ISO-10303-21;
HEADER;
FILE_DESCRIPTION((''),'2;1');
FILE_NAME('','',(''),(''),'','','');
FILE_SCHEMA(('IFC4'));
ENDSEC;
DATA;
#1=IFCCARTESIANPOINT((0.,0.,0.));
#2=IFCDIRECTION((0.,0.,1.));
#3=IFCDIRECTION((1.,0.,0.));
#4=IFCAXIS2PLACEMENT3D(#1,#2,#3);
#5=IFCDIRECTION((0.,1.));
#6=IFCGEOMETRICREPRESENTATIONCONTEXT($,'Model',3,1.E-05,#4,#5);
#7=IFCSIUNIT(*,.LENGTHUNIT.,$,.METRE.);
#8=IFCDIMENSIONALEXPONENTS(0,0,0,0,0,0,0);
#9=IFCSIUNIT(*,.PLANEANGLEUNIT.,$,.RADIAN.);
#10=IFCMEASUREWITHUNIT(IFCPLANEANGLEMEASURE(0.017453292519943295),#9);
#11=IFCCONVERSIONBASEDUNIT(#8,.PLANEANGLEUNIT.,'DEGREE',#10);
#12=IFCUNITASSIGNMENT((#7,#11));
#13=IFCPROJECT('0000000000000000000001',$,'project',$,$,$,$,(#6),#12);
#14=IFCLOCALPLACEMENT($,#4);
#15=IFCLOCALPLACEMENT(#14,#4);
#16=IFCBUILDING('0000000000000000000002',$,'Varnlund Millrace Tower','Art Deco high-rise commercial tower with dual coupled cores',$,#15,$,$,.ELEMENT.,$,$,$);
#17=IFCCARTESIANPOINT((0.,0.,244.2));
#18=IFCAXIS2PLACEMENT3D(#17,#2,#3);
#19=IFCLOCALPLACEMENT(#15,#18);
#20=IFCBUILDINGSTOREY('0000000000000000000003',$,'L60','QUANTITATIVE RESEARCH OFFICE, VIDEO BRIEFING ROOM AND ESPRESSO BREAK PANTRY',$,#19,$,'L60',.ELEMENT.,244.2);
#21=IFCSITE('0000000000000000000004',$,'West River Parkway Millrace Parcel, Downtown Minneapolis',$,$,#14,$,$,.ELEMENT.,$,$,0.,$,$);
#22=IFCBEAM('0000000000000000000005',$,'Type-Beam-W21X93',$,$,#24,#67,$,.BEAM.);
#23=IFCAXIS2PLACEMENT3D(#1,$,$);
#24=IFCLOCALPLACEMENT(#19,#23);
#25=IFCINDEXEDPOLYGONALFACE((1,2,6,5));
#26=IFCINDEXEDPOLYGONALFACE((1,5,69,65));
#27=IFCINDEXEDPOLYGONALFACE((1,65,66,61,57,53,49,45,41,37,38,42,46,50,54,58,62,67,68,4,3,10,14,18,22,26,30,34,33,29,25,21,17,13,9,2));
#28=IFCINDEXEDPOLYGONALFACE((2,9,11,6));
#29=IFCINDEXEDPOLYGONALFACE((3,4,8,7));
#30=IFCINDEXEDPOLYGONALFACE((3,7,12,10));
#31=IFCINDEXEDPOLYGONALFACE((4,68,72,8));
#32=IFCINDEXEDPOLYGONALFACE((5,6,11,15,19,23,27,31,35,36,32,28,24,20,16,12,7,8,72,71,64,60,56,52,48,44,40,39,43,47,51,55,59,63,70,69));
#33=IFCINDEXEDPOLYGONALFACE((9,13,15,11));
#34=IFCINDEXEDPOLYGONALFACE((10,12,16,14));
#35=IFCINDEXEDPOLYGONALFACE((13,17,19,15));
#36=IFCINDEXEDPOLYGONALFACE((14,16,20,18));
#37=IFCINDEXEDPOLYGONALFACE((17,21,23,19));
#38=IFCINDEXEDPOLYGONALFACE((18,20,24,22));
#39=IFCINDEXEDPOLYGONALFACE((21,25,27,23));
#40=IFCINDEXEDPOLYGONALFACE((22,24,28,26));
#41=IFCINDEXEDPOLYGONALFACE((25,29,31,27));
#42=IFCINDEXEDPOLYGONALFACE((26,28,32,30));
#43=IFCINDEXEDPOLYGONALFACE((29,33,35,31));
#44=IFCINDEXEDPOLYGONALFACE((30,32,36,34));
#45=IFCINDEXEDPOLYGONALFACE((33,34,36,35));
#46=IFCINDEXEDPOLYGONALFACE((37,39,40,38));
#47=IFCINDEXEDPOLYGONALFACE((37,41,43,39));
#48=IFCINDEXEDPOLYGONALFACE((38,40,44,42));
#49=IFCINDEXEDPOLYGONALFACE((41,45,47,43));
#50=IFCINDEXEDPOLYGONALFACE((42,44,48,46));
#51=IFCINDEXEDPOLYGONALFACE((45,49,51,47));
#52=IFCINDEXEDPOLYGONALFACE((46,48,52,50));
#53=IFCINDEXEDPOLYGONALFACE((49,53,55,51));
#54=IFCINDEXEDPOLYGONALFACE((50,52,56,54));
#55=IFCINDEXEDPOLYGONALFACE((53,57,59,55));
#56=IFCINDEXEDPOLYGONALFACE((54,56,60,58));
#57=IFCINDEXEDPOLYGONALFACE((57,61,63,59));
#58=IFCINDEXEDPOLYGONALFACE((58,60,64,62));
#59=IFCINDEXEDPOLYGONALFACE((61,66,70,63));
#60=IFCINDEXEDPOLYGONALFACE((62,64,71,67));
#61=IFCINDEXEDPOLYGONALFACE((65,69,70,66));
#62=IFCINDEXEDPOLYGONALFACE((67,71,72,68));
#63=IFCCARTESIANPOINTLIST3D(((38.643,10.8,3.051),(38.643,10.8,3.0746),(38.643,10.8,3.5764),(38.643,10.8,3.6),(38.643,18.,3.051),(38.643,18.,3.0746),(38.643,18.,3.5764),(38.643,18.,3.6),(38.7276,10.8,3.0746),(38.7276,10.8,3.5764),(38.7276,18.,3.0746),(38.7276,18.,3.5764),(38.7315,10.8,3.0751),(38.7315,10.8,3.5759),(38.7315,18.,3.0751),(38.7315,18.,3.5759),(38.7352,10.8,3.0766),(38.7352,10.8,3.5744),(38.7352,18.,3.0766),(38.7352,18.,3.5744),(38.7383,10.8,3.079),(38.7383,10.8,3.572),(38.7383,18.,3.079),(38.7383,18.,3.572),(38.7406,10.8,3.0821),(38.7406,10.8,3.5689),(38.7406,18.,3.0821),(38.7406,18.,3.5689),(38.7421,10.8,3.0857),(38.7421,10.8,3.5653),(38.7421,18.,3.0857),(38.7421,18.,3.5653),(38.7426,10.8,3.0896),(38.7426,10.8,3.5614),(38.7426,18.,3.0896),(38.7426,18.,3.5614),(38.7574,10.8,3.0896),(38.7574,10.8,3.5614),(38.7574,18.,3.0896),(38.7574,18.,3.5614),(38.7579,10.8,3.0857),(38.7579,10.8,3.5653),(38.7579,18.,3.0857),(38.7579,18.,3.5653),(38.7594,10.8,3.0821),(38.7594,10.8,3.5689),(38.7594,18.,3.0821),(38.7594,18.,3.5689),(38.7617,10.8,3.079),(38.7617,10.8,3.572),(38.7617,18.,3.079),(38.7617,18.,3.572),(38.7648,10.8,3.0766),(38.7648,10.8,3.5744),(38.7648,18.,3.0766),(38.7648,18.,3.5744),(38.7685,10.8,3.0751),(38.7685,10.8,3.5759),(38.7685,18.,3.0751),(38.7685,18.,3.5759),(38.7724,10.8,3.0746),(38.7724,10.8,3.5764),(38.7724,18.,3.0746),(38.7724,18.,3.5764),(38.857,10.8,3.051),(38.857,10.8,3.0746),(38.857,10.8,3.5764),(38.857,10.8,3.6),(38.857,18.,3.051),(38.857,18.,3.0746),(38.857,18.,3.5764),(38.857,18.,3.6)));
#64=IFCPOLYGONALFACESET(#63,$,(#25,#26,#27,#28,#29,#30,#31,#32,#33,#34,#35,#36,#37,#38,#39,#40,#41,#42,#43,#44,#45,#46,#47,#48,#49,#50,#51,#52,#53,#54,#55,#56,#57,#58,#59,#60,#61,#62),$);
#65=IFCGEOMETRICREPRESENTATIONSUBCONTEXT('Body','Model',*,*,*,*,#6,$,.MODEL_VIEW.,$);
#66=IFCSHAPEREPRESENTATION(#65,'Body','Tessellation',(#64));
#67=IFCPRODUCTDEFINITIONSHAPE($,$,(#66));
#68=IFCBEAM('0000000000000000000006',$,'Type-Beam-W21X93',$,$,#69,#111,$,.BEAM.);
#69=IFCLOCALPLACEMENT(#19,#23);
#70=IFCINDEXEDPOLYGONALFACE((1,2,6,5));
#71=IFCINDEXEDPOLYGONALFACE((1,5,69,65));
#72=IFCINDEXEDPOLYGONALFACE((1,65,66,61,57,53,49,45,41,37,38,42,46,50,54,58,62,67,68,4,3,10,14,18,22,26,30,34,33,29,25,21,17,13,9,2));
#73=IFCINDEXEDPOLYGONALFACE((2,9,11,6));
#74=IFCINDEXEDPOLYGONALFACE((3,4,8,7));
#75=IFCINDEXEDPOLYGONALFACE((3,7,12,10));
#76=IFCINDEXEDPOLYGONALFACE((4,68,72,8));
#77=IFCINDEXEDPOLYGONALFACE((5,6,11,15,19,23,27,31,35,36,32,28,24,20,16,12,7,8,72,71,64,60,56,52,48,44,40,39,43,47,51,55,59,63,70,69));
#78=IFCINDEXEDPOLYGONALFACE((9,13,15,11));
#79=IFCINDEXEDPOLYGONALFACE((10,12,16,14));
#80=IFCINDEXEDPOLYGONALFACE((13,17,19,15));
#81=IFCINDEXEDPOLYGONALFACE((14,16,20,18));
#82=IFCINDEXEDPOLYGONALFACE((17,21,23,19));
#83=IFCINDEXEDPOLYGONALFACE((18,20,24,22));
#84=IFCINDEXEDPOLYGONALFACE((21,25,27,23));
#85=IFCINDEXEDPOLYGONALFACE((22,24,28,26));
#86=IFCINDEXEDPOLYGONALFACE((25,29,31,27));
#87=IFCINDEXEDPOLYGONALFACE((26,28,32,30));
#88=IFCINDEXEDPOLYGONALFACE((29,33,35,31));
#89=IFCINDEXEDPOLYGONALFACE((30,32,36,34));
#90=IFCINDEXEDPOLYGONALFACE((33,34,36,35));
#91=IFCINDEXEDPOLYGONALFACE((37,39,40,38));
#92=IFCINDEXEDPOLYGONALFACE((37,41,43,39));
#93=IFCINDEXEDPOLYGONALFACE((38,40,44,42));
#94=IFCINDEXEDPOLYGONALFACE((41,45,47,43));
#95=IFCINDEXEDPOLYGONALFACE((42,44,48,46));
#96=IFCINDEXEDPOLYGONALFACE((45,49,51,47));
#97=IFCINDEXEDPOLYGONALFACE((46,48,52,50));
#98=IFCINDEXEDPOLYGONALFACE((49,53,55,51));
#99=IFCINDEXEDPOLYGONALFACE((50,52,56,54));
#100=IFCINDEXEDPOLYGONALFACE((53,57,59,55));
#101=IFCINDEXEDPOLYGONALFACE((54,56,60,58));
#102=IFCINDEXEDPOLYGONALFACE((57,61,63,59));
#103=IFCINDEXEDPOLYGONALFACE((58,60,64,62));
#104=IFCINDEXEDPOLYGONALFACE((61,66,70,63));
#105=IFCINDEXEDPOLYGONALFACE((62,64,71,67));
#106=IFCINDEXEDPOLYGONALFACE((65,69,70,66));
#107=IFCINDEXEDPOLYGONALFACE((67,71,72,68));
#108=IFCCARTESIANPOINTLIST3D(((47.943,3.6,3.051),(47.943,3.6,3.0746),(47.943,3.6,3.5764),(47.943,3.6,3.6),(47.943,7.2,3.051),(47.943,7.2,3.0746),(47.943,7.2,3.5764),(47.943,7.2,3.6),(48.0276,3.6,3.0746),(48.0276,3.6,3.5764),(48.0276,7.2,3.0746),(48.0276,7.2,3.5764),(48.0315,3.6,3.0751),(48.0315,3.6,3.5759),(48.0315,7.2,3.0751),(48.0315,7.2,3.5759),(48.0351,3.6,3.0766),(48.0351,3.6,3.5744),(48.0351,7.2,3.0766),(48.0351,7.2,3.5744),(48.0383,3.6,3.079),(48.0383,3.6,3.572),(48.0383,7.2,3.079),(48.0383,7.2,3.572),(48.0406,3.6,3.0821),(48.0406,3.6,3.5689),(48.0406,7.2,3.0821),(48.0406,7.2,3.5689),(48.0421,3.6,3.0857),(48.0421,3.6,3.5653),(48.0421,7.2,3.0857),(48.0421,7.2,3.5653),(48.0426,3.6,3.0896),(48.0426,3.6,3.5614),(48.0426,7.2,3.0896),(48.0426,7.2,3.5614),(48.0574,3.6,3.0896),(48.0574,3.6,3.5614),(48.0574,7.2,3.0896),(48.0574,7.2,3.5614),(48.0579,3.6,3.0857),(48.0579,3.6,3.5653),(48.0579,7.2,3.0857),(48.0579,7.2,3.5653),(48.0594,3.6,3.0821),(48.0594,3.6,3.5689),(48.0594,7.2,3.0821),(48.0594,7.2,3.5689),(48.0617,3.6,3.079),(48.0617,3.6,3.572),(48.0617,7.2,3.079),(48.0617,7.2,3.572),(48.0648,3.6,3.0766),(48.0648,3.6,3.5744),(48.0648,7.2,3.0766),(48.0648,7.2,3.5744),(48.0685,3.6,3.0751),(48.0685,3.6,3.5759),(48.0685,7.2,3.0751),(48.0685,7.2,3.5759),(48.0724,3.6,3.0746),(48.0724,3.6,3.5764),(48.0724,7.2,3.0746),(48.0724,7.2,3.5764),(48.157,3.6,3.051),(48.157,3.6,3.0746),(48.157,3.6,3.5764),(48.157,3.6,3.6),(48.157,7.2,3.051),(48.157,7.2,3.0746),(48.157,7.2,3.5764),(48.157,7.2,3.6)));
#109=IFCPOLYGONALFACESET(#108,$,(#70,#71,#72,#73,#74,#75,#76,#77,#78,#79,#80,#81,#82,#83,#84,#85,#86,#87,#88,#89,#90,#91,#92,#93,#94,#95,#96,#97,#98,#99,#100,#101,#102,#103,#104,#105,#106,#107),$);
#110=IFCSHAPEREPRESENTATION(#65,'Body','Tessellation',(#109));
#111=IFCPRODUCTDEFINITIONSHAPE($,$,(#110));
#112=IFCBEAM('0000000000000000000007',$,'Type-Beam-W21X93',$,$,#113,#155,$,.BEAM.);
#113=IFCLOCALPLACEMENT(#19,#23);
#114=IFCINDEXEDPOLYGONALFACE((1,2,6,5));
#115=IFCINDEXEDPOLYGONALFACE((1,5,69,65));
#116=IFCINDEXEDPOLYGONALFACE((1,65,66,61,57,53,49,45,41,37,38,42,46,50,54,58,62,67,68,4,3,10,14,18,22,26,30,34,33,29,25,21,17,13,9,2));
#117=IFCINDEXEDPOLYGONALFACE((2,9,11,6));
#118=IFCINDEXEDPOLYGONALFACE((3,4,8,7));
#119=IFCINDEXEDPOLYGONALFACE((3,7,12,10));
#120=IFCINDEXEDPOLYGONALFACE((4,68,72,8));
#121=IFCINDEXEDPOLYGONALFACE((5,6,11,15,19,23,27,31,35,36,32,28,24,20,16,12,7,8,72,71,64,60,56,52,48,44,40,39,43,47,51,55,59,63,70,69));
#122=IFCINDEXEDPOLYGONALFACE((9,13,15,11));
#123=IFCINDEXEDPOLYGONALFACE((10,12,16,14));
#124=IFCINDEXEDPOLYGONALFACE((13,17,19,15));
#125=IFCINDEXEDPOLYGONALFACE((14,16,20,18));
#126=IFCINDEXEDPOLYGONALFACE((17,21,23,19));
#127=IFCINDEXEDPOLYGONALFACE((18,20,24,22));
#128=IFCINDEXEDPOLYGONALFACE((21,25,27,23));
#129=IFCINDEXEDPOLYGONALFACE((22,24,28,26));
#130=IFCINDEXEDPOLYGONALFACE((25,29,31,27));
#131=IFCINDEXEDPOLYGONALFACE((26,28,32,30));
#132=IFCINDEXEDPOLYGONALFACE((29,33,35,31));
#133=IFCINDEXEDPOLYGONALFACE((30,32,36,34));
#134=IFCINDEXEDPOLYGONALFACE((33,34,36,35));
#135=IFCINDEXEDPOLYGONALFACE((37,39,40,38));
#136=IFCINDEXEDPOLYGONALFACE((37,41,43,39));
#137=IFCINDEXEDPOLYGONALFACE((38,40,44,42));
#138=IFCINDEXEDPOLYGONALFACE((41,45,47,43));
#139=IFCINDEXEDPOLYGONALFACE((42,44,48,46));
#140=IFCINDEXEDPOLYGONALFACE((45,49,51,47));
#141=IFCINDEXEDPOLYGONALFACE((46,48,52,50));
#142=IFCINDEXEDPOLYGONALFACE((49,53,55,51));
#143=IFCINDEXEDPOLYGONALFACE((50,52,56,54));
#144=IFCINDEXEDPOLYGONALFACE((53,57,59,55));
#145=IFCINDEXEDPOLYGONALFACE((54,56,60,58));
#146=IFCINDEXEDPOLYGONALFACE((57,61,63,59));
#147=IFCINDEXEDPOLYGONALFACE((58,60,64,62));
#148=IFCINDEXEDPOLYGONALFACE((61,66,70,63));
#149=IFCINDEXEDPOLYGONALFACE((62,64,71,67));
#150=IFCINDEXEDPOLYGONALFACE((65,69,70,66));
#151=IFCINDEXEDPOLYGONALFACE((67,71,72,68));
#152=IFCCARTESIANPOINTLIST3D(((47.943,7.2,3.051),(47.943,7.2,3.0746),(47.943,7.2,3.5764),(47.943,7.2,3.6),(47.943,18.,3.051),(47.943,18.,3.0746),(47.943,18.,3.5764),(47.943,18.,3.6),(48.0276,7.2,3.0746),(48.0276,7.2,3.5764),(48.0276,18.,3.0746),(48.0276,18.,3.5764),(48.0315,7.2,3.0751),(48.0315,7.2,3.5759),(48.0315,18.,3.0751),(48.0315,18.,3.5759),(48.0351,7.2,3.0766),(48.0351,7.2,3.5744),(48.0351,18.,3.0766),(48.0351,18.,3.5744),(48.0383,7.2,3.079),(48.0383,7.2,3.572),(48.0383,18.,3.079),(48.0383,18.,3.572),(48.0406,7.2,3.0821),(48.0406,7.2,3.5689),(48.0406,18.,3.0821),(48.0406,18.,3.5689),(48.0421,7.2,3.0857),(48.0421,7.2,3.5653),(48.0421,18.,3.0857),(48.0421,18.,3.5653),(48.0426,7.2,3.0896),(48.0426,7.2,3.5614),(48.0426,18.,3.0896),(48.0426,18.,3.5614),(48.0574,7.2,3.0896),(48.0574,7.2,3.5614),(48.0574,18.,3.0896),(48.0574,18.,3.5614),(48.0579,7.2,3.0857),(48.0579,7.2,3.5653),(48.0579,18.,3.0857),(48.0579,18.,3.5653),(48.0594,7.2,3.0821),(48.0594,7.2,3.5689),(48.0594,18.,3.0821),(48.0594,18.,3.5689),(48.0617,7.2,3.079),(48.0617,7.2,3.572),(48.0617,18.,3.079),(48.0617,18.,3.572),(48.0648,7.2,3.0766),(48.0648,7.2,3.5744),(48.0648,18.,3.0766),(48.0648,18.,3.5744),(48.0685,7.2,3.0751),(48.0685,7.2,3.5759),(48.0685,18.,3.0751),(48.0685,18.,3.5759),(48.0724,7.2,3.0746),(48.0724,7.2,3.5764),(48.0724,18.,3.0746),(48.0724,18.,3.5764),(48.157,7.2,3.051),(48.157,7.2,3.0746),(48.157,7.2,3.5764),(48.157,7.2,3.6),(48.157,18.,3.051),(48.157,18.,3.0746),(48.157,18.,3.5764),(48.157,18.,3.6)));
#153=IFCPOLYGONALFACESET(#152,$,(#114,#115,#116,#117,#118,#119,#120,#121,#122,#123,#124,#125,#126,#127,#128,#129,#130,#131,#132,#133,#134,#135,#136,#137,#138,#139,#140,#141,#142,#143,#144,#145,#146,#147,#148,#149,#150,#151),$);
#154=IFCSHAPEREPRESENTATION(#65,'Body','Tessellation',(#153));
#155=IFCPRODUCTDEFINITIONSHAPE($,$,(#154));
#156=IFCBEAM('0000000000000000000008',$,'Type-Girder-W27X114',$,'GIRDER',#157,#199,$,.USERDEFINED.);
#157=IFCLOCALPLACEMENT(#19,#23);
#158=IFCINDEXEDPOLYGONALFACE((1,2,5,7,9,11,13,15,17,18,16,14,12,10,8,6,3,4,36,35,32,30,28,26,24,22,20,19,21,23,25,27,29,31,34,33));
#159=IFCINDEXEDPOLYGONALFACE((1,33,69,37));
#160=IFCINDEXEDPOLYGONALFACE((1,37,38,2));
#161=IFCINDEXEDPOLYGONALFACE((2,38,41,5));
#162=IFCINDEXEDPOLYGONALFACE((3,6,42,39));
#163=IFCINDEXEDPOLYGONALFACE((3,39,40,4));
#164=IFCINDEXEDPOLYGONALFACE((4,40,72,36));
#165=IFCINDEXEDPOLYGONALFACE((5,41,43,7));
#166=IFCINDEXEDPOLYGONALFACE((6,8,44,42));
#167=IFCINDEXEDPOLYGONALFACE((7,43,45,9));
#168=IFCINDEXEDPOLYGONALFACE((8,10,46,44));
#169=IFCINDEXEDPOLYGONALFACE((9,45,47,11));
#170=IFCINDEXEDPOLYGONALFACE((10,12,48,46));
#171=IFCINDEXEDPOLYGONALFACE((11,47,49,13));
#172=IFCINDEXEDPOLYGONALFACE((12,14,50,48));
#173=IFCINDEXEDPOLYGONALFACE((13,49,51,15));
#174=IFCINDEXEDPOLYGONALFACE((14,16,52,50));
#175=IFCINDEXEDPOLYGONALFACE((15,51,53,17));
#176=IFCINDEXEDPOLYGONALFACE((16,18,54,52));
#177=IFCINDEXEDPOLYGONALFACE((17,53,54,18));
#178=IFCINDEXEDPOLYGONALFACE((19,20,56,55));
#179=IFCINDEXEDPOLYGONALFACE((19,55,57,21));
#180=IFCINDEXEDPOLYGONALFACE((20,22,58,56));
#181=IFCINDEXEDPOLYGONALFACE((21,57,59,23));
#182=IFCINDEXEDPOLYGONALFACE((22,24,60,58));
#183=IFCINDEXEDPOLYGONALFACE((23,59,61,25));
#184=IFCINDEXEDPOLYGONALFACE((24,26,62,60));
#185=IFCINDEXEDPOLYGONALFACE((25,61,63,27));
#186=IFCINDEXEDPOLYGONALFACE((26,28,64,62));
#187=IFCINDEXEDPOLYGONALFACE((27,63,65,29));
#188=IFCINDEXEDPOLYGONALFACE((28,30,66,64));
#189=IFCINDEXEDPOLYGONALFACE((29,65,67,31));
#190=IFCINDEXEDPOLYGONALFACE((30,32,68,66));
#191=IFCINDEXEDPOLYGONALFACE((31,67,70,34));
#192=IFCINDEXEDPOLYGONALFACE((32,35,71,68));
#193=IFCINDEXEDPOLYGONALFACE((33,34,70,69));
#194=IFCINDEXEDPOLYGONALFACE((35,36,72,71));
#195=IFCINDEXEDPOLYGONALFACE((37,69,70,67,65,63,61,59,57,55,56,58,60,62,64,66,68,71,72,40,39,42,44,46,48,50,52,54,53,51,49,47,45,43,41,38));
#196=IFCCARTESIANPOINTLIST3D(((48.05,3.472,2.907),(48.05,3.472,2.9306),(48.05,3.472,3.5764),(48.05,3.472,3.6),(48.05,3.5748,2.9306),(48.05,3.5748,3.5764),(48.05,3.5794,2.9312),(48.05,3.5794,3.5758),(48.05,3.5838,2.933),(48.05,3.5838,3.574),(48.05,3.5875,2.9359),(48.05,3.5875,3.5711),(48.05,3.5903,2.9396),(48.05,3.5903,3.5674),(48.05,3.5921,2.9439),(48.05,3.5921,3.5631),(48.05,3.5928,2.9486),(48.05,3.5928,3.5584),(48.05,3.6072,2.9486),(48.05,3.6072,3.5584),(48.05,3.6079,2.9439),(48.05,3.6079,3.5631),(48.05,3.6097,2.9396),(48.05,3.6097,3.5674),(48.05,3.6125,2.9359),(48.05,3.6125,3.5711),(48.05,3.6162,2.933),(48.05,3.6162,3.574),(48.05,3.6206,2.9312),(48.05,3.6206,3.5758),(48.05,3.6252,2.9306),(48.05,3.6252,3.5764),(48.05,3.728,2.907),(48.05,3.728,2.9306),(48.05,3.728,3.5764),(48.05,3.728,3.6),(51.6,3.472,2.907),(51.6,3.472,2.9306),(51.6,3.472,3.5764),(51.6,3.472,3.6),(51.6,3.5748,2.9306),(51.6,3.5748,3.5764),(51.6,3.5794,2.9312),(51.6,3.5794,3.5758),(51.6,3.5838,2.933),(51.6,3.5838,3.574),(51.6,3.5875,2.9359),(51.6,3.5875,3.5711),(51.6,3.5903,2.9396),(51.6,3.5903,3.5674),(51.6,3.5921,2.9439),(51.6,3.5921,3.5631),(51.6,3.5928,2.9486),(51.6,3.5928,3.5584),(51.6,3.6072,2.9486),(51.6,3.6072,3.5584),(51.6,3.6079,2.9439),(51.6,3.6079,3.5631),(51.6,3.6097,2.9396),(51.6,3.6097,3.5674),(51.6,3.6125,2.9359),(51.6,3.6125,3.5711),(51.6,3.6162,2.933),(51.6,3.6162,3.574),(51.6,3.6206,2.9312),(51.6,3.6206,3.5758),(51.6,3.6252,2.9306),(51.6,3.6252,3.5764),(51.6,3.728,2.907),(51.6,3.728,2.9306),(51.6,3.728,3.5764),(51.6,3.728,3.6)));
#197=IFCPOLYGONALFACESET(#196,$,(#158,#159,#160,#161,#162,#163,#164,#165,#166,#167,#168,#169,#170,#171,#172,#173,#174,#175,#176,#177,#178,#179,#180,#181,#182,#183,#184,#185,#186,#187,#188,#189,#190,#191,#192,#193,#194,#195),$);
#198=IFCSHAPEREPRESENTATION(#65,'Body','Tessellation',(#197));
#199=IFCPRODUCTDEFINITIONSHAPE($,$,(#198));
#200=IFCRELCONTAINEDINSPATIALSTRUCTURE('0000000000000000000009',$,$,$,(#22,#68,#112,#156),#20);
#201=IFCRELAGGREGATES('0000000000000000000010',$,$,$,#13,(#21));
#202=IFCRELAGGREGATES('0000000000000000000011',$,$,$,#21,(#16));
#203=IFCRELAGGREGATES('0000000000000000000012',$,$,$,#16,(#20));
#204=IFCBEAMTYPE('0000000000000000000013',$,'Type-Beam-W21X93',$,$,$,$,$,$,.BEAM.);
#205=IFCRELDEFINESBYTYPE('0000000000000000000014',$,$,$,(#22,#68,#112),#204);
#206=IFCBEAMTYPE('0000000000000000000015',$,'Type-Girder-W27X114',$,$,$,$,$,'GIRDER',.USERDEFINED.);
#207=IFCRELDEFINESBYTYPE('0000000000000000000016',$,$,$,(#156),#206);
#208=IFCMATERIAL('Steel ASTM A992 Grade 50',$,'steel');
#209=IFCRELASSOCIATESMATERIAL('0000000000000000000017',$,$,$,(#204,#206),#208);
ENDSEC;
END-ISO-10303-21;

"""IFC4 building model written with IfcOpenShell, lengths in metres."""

from ifc_helpers import new_model, entity, si_unit, converted_unit, direction, frame, origin_with_axes, origin_2d_with_axis, place, context, subcontext, project, spatial, i_section, extrude, material, material_profile, profile_set, type_object, element, save


model = new_model("IFC4")

# Units and contexts
model_context = context("Model", 3, precision=1e-05, world=origin_with_axes(), true_north=direction((0.0, 1.0)))
body_context = subcontext(model_context, "Body", "Model", "MODEL_VIEW")
ifc_project = project(units=[si_unit("LENGTHUNIT", "METRE"), converted_unit("PLANEANGLEUNIT", "DEGREE", entity("IfcPlaneAngleMeasure", 0.017453292519943295), si_unit("PLANEANGLEUNIT", "RADIAN"), dimensions=[0, 0, 0, 0, 0, 0, 0])], contexts=[model_context])

# Site, building, storey
site_placement = place(None, origin_with_axes())
site = spatial("IfcSite", under=ifc_project, at=site_placement, Name="West River Parkway Millrace Parcel, Downtown Minneapolis", CompositionType="ELEMENT", RefElevation=0.0)
building_placement = place(site_placement, origin_with_axes())
building = spatial("IfcBuilding", under=site, at=building_placement, Name="Varnlund Millrace Tower", Description="Art Deco high-rise commercial tower with dual coupled cores", CompositionType="ELEMENT")
storey_placement = place(building_placement, frame((0.0, 0.0, 244.2), z_axis=(0.0, 0.0, 1.0), x_axis=(1.0, 0.0, 0.0)))
storey = spatial("IfcBuildingStorey", under=building, at=storey_placement, Name="L60", Description="QUANTITATIVE RESEARCH OFFICE, VIDEO BRIEFING ROOM AND ESPRESSO BREAK PANTRY", LongName="L60", CompositionType="ELEMENT", Elevation=244.2)

# Beams
ifc_material_1 = material(Name="Steel ASTM A992 Grade 50", Category="steel")
ifc_material_profile_1 = material_profile(ifc_material_1, i_section(OverallWidth=0.214, OverallDepth=0.549, WebThickness=0.0147, FlangeThickness=0.0236, FilletRadius=0.015, at=origin_2d_with_axis()), Name="Steel ASTM A992 Grade 50")
ifc_profile_set_1 = profile_set([ifc_material_profile_1], Name="Steel ASTM A992 Grade 50")
beam_type_1 = type_object("IfcBeamType", Name="Type-Beam-W21X93", PredefinedType="BEAM", material=ifc_profile_set_1)
beam_1_placement = place(storey_placement, frame((38.75, 10.8, 3.3255), z_axis=(0.0, 1.0, 0.0), x_axis=(-1.0, 0.0, 0.0)))
element("IfcBeam", 1, at=beam_1_placement, inside=storey, type_object=beam_type_1, Name="Type-Beam-W21X93", PredefinedType="BEAM", context=body_context, shape_type="SweptSolid", body=[
    extrude(i_section(OverallWidth=0.214, OverallDepth=0.549, WebThickness=0.0147, FlangeThickness=0.0236, FilletRadius=0.015, at=origin_2d_with_axis()), origin_with_axes(), (0.0, 0.0, 1.0), 7.2),
])
beam_2_placement = place(storey_placement, frame((48.05, 3.6, 3.3255), z_axis=(0.0, 1.0, 0.0), x_axis=(-1.0, 0.0, 0.0)))
element("IfcBeam", 2, at=beam_2_placement, inside=storey, type_object=beam_type_1, Name="Type-Beam-W21X93", PredefinedType="BEAM", context=body_context, shape_type="SweptSolid", body=[
    extrude(i_section(OverallWidth=0.214, OverallDepth=0.549, WebThickness=0.0147, FlangeThickness=0.0236, FilletRadius=0.015, at=origin_2d_with_axis()), origin_with_axes(), (0.0, 0.0, 1.0), 3.6),
])
beam_3_placement = place(storey_placement, frame((48.05, 7.2, 3.3255), z_axis=(0.0, 1.0, 0.0), x_axis=(-1.0, 0.0, 0.0)))
element("IfcBeam", 3, at=beam_3_placement, inside=storey, type_object=beam_type_1, Name="Type-Beam-W21X93", PredefinedType="BEAM", context=body_context, shape_type="SweptSolid", body=[
    extrude(i_section(OverallWidth=0.214, OverallDepth=0.549, WebThickness=0.0147, FlangeThickness=0.0236, FilletRadius=0.015, at=origin_2d_with_axis()), origin_with_axes(), (0.0, 0.0, 1.0), 10.8),
])
ifc_material_profile_2 = material_profile(ifc_material_1, i_section(OverallWidth=0.256, OverallDepth=0.693, WebThickness=0.0145, FlangeThickness=0.0236, FilletRadius=0.018, at=origin_2d_with_axis()), Name="Steel ASTM A992 Grade 50")
ifc_profile_set_2 = profile_set([ifc_material_profile_2], Name="Steel ASTM A992 Grade 50")
beam_type_2 = type_object("IfcBeamType", Name="Type-Girder-W27X114", ElementType="GIRDER", PredefinedType="USERDEFINED", material=ifc_profile_set_2)
beam_4_placement = place(storey_placement, frame((48.05, 3.6, 3.2535), z_axis=(1.0, 0.0, 0.0), x_axis=(0.0, 1.0, 0.0)))
element("IfcBeam", 4, at=beam_4_placement, inside=storey, type_object=beam_type_2, Name="Type-Girder-W27X114", ObjectType="GIRDER", PredefinedType="USERDEFINED", context=body_context, shape_type="SweptSolid", body=[
    extrude(i_section(OverallWidth=0.256, OverallDepth=0.693, WebThickness=0.0145, FlangeThickness=0.0236, FilletRadius=0.018, at=origin_2d_with_axis()), origin_with_axes(), (0.0, 0.0, 1.0), 3.55),
])

save(model, "model.ifc")
